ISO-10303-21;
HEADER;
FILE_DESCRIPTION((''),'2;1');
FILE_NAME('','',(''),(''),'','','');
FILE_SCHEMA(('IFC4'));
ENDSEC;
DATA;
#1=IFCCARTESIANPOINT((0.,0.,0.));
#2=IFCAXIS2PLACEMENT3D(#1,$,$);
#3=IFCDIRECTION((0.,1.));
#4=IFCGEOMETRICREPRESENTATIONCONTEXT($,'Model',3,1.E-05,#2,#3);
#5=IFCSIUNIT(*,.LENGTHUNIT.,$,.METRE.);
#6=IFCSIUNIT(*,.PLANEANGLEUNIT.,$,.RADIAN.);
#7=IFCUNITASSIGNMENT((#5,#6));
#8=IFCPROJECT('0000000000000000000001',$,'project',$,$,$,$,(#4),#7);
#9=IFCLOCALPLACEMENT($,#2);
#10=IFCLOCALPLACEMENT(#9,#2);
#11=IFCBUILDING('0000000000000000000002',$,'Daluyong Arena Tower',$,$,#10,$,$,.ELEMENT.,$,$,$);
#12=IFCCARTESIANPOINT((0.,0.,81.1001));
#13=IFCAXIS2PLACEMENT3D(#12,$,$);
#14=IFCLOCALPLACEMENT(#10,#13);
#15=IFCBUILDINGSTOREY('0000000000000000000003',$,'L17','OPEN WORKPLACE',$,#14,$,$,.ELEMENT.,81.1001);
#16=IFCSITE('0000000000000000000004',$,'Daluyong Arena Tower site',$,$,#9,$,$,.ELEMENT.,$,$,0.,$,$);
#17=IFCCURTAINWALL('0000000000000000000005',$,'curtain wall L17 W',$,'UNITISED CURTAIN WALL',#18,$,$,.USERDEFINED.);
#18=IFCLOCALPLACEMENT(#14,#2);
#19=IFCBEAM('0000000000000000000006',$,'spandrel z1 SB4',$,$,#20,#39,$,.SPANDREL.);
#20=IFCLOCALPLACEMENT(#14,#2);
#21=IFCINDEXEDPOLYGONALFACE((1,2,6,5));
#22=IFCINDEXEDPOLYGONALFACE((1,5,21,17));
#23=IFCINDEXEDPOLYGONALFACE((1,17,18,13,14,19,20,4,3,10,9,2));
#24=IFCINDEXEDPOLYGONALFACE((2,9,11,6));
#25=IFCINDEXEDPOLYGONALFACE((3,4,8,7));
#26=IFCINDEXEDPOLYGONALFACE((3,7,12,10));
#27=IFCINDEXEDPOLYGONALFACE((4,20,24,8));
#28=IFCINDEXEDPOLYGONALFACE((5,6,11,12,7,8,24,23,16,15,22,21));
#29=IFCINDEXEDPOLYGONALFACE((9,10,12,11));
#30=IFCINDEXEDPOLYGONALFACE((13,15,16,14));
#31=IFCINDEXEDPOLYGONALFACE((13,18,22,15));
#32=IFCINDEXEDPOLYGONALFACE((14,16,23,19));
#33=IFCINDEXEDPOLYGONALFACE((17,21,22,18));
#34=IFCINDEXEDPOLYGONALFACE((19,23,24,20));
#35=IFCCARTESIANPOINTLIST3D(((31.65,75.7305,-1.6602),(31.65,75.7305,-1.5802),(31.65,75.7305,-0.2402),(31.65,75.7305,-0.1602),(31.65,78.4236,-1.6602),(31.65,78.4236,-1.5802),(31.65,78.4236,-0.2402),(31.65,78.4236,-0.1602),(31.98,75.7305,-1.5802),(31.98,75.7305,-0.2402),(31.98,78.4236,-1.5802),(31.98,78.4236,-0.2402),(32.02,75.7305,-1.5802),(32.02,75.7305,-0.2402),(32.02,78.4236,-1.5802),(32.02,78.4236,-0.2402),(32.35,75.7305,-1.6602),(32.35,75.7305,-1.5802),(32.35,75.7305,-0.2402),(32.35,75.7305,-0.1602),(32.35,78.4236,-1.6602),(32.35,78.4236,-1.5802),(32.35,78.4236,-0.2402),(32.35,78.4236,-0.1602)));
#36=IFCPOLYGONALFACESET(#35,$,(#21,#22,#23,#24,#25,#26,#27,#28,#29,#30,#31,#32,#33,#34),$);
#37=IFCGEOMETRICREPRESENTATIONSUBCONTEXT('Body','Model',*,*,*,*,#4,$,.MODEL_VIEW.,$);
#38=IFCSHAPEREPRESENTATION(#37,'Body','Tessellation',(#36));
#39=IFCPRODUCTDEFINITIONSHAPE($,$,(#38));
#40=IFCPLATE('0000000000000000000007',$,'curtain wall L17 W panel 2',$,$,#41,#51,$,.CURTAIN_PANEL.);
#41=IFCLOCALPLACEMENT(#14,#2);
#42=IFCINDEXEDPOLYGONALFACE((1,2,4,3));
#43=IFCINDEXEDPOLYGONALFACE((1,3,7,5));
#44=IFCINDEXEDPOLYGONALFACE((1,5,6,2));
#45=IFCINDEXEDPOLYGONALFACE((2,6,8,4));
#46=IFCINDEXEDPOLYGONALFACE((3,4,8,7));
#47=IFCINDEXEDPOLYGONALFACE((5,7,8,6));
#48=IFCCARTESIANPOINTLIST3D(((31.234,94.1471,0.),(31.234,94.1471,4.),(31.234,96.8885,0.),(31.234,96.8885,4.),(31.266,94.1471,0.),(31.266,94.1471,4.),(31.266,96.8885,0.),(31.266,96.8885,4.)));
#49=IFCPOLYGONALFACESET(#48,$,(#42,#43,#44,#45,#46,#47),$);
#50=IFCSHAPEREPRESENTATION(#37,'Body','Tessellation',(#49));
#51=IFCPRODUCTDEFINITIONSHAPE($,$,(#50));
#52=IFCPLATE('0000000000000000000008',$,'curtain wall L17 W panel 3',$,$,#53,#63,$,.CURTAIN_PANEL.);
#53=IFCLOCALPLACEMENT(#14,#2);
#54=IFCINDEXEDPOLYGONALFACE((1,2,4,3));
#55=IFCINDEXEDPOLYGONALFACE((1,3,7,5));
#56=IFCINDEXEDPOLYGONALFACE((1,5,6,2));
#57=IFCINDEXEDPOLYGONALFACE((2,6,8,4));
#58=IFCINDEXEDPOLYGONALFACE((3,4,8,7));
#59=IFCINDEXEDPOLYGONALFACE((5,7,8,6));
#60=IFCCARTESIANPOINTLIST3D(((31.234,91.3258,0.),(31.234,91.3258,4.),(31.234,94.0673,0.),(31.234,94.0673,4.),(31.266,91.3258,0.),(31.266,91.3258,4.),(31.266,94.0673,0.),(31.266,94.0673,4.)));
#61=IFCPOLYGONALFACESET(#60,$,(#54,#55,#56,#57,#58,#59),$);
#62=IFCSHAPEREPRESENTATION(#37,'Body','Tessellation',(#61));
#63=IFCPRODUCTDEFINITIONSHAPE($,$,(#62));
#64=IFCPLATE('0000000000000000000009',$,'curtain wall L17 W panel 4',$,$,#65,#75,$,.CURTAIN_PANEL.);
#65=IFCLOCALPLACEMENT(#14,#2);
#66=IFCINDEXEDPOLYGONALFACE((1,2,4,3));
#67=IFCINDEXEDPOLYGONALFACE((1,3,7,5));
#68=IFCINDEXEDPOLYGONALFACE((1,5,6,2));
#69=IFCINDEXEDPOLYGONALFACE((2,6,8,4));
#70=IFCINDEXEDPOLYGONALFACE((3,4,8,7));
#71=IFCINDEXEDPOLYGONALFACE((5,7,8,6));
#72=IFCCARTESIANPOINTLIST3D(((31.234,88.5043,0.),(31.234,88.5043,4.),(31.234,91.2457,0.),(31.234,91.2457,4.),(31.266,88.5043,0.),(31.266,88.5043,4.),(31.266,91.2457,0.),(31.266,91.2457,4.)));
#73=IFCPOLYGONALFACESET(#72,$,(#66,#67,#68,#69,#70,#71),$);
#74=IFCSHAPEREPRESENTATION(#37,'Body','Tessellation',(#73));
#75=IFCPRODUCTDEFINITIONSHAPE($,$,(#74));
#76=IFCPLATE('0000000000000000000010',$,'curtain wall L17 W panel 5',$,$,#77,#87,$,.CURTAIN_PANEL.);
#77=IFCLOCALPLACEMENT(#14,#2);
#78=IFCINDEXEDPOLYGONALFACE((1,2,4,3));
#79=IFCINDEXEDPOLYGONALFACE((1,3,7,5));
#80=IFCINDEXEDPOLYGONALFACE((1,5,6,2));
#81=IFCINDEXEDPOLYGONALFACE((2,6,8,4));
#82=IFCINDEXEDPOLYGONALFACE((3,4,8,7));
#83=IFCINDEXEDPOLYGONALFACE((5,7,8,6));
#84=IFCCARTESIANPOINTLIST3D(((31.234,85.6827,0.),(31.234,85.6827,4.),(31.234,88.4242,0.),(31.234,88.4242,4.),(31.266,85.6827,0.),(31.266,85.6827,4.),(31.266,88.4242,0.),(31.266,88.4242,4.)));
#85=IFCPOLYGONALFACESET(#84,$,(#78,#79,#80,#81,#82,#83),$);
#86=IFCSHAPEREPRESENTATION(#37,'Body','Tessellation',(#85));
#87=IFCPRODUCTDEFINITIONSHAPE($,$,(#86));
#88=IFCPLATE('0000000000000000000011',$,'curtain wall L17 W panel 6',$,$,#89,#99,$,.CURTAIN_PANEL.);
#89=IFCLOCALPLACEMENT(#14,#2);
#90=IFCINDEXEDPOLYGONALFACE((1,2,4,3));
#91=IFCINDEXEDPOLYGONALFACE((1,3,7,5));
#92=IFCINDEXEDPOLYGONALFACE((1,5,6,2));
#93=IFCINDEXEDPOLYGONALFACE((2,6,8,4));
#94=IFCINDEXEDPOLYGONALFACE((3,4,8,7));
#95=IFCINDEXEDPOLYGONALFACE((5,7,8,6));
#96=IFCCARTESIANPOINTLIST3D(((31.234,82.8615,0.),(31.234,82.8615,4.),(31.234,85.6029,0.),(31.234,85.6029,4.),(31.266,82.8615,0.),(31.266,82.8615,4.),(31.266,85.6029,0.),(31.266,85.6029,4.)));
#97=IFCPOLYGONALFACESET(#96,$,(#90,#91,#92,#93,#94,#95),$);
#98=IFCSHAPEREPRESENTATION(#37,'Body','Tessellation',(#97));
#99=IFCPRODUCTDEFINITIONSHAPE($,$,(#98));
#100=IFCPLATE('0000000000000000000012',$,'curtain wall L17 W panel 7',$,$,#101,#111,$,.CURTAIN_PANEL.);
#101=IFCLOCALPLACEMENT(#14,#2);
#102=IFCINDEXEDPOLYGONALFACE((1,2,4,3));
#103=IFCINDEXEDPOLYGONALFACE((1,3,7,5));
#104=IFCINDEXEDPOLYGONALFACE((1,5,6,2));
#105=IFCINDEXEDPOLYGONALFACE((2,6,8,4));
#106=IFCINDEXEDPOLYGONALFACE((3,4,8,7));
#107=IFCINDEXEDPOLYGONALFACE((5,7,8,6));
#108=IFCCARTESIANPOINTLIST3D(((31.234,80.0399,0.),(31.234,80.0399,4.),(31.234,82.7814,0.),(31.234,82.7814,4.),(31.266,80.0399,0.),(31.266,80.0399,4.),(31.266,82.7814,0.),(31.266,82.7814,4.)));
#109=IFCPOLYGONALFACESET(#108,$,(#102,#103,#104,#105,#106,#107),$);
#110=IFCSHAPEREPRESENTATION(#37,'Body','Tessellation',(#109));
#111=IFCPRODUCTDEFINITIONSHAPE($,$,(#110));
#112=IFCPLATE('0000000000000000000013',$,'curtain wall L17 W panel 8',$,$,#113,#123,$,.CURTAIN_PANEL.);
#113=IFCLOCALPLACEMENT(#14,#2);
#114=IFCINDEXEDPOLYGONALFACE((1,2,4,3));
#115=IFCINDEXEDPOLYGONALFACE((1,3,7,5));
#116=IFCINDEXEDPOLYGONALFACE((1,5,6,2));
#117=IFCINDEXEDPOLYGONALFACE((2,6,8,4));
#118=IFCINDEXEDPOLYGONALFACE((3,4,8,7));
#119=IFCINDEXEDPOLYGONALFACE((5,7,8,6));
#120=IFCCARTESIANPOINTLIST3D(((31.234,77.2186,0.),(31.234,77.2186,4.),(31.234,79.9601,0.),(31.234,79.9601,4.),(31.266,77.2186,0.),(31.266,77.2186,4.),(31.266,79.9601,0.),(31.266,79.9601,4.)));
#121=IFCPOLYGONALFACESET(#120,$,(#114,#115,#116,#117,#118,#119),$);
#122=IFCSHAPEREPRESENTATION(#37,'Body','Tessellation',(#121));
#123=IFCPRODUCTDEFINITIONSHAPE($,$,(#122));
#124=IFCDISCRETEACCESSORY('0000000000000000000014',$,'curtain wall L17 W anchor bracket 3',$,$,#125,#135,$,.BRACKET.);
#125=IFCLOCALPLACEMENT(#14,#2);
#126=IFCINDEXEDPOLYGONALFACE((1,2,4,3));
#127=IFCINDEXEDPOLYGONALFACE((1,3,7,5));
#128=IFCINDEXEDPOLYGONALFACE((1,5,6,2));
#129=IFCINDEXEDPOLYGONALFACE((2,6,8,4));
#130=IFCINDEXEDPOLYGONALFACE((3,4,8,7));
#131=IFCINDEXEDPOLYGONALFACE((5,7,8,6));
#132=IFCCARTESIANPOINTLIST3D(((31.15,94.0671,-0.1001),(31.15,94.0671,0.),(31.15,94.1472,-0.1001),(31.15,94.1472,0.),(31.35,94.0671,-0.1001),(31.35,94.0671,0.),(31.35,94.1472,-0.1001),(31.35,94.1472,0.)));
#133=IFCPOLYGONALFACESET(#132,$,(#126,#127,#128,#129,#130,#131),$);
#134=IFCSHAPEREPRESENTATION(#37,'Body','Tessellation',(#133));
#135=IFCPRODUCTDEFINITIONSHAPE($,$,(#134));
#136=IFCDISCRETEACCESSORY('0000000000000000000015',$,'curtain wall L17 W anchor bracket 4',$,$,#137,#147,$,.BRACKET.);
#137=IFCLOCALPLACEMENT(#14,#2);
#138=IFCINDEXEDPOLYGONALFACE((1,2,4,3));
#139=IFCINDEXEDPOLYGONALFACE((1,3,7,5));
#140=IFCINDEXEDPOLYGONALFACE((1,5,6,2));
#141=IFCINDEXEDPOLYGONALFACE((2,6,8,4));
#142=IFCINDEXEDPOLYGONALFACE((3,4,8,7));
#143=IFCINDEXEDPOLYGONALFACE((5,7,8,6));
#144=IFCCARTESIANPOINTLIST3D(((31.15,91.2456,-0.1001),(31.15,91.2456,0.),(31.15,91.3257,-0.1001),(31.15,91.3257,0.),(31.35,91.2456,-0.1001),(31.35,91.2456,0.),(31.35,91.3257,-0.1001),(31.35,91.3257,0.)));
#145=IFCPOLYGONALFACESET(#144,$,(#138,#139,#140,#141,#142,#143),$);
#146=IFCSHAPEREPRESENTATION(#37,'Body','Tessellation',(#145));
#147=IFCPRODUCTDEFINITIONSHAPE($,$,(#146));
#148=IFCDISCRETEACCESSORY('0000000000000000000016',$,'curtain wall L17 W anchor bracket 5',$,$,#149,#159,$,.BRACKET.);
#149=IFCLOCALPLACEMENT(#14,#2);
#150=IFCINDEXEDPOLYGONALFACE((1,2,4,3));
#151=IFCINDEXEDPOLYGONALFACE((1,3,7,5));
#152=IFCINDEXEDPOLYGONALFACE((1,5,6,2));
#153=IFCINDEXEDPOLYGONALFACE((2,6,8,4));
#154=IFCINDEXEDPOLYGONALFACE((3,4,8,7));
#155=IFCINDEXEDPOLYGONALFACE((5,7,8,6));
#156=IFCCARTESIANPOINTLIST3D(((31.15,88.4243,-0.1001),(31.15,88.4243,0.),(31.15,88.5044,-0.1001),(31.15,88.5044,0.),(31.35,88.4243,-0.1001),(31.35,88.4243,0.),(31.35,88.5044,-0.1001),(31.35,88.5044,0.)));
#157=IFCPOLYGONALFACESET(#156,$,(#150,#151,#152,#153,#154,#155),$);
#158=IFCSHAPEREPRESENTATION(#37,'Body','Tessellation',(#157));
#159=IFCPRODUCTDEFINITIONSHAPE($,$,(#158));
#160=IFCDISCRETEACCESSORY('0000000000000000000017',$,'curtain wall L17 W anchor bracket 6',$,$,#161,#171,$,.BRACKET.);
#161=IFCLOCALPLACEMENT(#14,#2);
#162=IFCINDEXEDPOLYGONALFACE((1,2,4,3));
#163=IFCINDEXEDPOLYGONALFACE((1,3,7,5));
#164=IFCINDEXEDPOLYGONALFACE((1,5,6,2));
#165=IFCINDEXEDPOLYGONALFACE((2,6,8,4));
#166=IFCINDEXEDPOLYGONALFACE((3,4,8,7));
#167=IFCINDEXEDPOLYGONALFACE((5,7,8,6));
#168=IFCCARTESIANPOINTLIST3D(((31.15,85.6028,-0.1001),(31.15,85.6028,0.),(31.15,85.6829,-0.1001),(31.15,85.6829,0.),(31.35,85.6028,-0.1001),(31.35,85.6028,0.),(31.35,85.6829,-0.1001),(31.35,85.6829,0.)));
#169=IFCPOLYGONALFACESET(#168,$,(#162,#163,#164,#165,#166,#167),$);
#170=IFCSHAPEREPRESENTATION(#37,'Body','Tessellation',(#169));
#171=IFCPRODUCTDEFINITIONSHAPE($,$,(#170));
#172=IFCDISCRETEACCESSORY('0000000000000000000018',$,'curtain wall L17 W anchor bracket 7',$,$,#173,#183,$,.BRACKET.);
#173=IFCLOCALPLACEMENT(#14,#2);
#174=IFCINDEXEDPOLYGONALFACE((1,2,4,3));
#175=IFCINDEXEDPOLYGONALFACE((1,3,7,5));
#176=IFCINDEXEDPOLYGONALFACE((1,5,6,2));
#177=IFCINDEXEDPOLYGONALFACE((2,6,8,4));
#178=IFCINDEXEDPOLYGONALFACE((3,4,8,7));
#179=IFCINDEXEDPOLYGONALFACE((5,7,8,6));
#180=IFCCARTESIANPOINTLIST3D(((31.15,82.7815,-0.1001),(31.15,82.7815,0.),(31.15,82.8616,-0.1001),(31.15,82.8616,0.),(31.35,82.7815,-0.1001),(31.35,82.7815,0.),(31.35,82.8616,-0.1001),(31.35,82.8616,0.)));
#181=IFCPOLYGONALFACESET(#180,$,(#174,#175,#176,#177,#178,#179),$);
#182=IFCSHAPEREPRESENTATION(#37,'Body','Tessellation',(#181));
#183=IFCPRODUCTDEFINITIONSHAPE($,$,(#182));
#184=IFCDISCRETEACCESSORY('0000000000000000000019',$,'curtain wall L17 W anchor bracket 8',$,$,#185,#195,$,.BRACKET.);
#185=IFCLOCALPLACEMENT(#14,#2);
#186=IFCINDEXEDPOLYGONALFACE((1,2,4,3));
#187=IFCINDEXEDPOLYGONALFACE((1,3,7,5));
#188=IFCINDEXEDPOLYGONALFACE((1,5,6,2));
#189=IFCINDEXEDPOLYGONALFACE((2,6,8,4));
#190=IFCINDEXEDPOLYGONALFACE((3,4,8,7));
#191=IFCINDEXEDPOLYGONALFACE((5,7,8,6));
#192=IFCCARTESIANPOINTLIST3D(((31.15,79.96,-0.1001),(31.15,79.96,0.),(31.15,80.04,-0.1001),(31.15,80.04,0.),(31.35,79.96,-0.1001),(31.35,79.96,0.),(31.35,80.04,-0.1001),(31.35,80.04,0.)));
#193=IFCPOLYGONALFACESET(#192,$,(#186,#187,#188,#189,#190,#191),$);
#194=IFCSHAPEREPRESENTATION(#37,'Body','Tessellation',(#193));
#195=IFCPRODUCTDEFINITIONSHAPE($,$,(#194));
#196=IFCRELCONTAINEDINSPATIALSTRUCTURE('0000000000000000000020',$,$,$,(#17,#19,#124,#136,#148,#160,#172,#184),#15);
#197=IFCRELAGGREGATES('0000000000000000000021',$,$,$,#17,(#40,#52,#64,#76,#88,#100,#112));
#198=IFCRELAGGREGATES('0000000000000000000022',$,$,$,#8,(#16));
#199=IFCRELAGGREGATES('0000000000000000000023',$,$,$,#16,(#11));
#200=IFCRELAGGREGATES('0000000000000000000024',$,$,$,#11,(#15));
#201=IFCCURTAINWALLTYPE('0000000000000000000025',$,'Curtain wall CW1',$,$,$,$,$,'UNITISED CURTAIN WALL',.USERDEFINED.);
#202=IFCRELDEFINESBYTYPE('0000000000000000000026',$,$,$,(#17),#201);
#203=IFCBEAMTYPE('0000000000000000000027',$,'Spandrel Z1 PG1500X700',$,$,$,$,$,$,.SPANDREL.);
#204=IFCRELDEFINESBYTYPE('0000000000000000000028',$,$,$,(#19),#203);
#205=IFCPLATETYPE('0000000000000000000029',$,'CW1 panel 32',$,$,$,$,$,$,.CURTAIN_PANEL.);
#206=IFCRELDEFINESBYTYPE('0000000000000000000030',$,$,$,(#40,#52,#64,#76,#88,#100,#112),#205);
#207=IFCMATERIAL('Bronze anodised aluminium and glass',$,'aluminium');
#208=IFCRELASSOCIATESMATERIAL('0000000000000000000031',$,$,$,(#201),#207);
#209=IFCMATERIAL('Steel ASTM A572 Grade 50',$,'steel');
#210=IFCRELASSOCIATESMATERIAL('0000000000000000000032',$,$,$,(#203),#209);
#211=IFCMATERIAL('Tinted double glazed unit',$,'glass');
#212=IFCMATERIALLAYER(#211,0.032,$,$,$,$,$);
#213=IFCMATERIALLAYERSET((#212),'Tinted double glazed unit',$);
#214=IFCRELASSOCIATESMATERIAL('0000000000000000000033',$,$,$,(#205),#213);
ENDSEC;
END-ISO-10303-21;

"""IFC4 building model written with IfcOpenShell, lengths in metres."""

from ifc_helpers import new_model, si_unit, direction, frame, origin, origin_2d, place, context, subcontext, project, spatial, rectangle, i_section, extrude, material, layer, layer_set, material_profile, profile_set, type_object, element, aggregate, save


model = new_model("IFC4")

# Units and contexts
model_context = context("Model", 3, precision=1e-05, world=origin(), true_north=direction((0.0, 1.0)))
body_context = subcontext(model_context, "Body", "Model", "MODEL_VIEW")
ifc_project = project(units=[si_unit("LENGTHUNIT", "METRE"), si_unit("PLANEANGLEUNIT", "RADIAN")], contexts=[model_context])

# Site, building, storey
site_placement = place(None, origin())
site = spatial("IfcSite", under=ifc_project, at=site_placement, Name="Daluyong Arena Tower site", CompositionType="ELEMENT", RefElevation=0.0)
building_placement = place(site_placement, origin())
building = spatial("IfcBuilding", under=site, at=building_placement, Name="Daluyong Arena Tower", CompositionType="ELEMENT")
storey_placement = place(building_placement, frame((0.0, 0.0, 81.1001)))
storey = spatial("IfcBuildingStorey", under=building, at=storey_placement, Name="L17", Description="OPEN WORKPLACE", CompositionType="ELEMENT", Elevation=81.1001)

# Curtain wall
ifc_material_1 = material(Name="Bronze anodised aluminium and glass", Category="aluminium")
curtain_wall_type = type_object("IfcCurtainWallType", Name="Curtain wall CW1", ElementType="UNITISED CURTAIN WALL", PredefinedType="USERDEFINED", material=ifc_material_1)
curtain_wall_placement = place(storey_placement, origin())
curtain_wall = element("IfcCurtainWall", 1, at=curtain_wall_placement, inside=storey, type_object=curtain_wall_type, Name="curtain wall L17 W", ObjectType="UNITISED CURTAIN WALL", PredefinedType="USERDEFINED")

# Beam
ifc_material_2 = material(Name="Steel ASTM A572 Grade 50", Category="steel")
ifc_material_profile_1 = material_profile(ifc_material_2, i_section(OverallWidth=0.7, OverallDepth=1.5, WebThickness=0.04, FlangeThickness=0.08, at=origin_2d()))
ifc_profile_set_1 = profile_set([ifc_material_profile_1], Name="Steel ASTM A572 Grade 50")
beam_type = type_object("IfcBeamType", Name="Spandrel Z1 PG1500X700", PredefinedType="SPANDREL", material=ifc_profile_set_1)
beam_1_placement = place(storey_placement, frame((32.0, 78.4236, -0.9102), z_axis=(0.0, -1.0, 0.0), x_axis=(1.0, 0.0, 0.0)))
element("IfcBeam", 2, at=beam_1_placement, inside=storey, type_object=beam_type, Name="spandrel z1 SB4", PredefinedType="SPANDREL", context=body_context, shape_type="SweptSolid", body=[
    extrude(i_section(OverallWidth=0.7, OverallDepth=1.5, WebThickness=0.04, FlangeThickness=0.08, at=origin_2d()), origin(), (0.0, 0.0, 1.0), 2.6931),
])

# Plates
ifc_material_3 = material(Name="Tinted double glazed unit", Category="glass")
ifc_layer = layer(ifc_material_3, 0.032)
ifc_layer_set = layer_set([ifc_layer], Name="Tinted double glazed unit")
plate_type = type_object("IfcPlateType", Name="CW1 panel 32", PredefinedType="CURTAIN_PANEL", material=ifc_layer_set)
plate_1_placement = place(storey_placement, frame((31.25, 95.5178, 0.0), z_axis=(0.0, 0.0, 1.0), x_axis=(0.0, -1.0, 0.0)))
plate_1 = element("IfcPlate", 3, at=plate_1_placement, type_object=plate_type, Name="curtain wall L17 W panel 2", PredefinedType="CURTAIN_PANEL", context=body_context, shape_type="SweptSolid", body=[
    extrude(rectangle(XDim=2.7415, YDim=0.032, at=origin_2d()), origin(), (0.0, 0.0, 1.0), 4.0),
])
plate_2_placement = place(storey_placement, frame((31.25, 92.6965, 0.0), z_axis=(0.0, 0.0, 1.0), x_axis=(0.0, -1.0, 0.0)))
plate_2 = element("IfcPlate", 4, at=plate_2_placement, type_object=plate_type, Name="curtain wall L17 W panel 3", PredefinedType="CURTAIN_PANEL", context=body_context, shape_type="SweptSolid", body=[
    extrude(rectangle(XDim=2.7415, YDim=0.032, at=origin_2d()), origin(), (0.0, 0.0, 1.0), 4.0),
])
plate_3_placement = place(storey_placement, frame((31.25, 89.875, 0.0), z_axis=(0.0, 0.0, 1.0), x_axis=(0.0, -1.0, 0.0)))
plate_3 = element("IfcPlate", 5, at=plate_3_placement, type_object=plate_type, Name="curtain wall L17 W panel 4", PredefinedType="CURTAIN_PANEL", context=body_context, shape_type="SweptSolid", body=[
    extrude(rectangle(XDim=2.7415, YDim=0.032, at=origin_2d()), origin(), (0.0, 0.0, 1.0), 4.0),
])
plate_4_placement = place(storey_placement, frame((31.25, 87.0535, 0.0), z_axis=(0.0, 0.0, 1.0), x_axis=(0.0, -1.0, 0.0)))
plate_4 = element("IfcPlate", 6, at=plate_4_placement, type_object=plate_type, Name="curtain wall L17 W panel 5", PredefinedType="CURTAIN_PANEL", context=body_context, shape_type="SweptSolid", body=[
    extrude(rectangle(XDim=2.7415, YDim=0.032, at=origin_2d()), origin(), (0.0, 0.0, 1.0), 4.0),
])
plate_5_placement = place(storey_placement, frame((31.25, 84.2322, 0.0), z_axis=(0.0, 0.0, 1.0), x_axis=(0.0, -1.0, 0.0)))
plate_5 = element("IfcPlate", 7, at=plate_5_placement, type_object=plate_type, Name="curtain wall L17 W panel 6", PredefinedType="CURTAIN_PANEL", context=body_context, shape_type="SweptSolid", body=[
    extrude(rectangle(XDim=2.7415, YDim=0.032, at=origin_2d()), origin(), (0.0, 0.0, 1.0), 4.0),
])
plate_6_placement = place(storey_placement, frame((31.25, 81.4106, 0.0), z_axis=(0.0, 0.0, 1.0), x_axis=(0.0, -1.0, 0.0)))
plate_6 = element("IfcPlate", 8, at=plate_6_placement, type_object=plate_type, Name="curtain wall L17 W panel 7", PredefinedType="CURTAIN_PANEL", context=body_context, shape_type="SweptSolid", body=[
    extrude(rectangle(XDim=2.7415, YDim=0.032, at=origin_2d()), origin(), (0.0, 0.0, 1.0), 4.0),
])
plate_7_placement = place(storey_placement, frame((31.25, 78.5894, 0.0), z_axis=(0.0, 0.0, 1.0), x_axis=(0.0, -1.0, 0.0)))
plate_7 = element("IfcPlate", 9, at=plate_7_placement, type_object=plate_type, Name="curtain wall L17 W panel 8", PredefinedType="CURTAIN_PANEL", context=body_context, shape_type="SweptSolid", body=[
    extrude(rectangle(XDim=2.7415, YDim=0.032, at=origin_2d()), origin(), (0.0, 0.0, 1.0), 4.0),
])
aggregate(curtain_wall, [plate_1, plate_2, plate_3, plate_4, plate_5, plate_6, plate_7])

# Discrete accessories
for number, where, z_axis, x_axis, name in (
    (10, (31.25, 94.1072, -0.1001), (0.0, 0.0, 1.0), (0.0, -1.0, 0.0), "curtain wall L17 W anchor bracket 3"),
    (11, (31.25, 91.2856, -0.1001), (0.0, 0.0, 1.0), (0.0, -1.0, 0.0), "curtain wall L17 W anchor bracket 4"),
    (12, (31.25, 88.4644, -0.1001), (0.0, 0.0, 1.0), (0.0, -1.0, 0.0), "curtain wall L17 W anchor bracket 5"),
    (13, (31.25, 85.6428, -0.1001), (0.0, 0.0, 1.0), (0.0, -1.0, 0.0), "curtain wall L17 W anchor bracket 6"),
    (14, (31.25, 82.8215, -0.1001), (0.0, 0.0, 1.0), (0.0, -1.0, 0.0), "curtain wall L17 W anchor bracket 7"),
    (15, (31.25, 80.0, -0.1001), (0.0, 0.0, 1.0), (0.0, -1.0, 0.0), "curtain wall L17 W anchor bracket 8"),
):
    element("IfcDiscreteAccessory", number, at=place(storey_placement, frame(where, z_axis=z_axis, x_axis=x_axis)), inside=storey, Name=name, PredefinedType="BRACKET", context=body_context, shape_type="SweptSolid", body=[
        extrude(rectangle(XDim=0.0801, YDim=0.2, at=origin_2d()), origin(), (0.0, 0.0, 1.0), 0.1001),
    ])

save(model, "model.ifc")
